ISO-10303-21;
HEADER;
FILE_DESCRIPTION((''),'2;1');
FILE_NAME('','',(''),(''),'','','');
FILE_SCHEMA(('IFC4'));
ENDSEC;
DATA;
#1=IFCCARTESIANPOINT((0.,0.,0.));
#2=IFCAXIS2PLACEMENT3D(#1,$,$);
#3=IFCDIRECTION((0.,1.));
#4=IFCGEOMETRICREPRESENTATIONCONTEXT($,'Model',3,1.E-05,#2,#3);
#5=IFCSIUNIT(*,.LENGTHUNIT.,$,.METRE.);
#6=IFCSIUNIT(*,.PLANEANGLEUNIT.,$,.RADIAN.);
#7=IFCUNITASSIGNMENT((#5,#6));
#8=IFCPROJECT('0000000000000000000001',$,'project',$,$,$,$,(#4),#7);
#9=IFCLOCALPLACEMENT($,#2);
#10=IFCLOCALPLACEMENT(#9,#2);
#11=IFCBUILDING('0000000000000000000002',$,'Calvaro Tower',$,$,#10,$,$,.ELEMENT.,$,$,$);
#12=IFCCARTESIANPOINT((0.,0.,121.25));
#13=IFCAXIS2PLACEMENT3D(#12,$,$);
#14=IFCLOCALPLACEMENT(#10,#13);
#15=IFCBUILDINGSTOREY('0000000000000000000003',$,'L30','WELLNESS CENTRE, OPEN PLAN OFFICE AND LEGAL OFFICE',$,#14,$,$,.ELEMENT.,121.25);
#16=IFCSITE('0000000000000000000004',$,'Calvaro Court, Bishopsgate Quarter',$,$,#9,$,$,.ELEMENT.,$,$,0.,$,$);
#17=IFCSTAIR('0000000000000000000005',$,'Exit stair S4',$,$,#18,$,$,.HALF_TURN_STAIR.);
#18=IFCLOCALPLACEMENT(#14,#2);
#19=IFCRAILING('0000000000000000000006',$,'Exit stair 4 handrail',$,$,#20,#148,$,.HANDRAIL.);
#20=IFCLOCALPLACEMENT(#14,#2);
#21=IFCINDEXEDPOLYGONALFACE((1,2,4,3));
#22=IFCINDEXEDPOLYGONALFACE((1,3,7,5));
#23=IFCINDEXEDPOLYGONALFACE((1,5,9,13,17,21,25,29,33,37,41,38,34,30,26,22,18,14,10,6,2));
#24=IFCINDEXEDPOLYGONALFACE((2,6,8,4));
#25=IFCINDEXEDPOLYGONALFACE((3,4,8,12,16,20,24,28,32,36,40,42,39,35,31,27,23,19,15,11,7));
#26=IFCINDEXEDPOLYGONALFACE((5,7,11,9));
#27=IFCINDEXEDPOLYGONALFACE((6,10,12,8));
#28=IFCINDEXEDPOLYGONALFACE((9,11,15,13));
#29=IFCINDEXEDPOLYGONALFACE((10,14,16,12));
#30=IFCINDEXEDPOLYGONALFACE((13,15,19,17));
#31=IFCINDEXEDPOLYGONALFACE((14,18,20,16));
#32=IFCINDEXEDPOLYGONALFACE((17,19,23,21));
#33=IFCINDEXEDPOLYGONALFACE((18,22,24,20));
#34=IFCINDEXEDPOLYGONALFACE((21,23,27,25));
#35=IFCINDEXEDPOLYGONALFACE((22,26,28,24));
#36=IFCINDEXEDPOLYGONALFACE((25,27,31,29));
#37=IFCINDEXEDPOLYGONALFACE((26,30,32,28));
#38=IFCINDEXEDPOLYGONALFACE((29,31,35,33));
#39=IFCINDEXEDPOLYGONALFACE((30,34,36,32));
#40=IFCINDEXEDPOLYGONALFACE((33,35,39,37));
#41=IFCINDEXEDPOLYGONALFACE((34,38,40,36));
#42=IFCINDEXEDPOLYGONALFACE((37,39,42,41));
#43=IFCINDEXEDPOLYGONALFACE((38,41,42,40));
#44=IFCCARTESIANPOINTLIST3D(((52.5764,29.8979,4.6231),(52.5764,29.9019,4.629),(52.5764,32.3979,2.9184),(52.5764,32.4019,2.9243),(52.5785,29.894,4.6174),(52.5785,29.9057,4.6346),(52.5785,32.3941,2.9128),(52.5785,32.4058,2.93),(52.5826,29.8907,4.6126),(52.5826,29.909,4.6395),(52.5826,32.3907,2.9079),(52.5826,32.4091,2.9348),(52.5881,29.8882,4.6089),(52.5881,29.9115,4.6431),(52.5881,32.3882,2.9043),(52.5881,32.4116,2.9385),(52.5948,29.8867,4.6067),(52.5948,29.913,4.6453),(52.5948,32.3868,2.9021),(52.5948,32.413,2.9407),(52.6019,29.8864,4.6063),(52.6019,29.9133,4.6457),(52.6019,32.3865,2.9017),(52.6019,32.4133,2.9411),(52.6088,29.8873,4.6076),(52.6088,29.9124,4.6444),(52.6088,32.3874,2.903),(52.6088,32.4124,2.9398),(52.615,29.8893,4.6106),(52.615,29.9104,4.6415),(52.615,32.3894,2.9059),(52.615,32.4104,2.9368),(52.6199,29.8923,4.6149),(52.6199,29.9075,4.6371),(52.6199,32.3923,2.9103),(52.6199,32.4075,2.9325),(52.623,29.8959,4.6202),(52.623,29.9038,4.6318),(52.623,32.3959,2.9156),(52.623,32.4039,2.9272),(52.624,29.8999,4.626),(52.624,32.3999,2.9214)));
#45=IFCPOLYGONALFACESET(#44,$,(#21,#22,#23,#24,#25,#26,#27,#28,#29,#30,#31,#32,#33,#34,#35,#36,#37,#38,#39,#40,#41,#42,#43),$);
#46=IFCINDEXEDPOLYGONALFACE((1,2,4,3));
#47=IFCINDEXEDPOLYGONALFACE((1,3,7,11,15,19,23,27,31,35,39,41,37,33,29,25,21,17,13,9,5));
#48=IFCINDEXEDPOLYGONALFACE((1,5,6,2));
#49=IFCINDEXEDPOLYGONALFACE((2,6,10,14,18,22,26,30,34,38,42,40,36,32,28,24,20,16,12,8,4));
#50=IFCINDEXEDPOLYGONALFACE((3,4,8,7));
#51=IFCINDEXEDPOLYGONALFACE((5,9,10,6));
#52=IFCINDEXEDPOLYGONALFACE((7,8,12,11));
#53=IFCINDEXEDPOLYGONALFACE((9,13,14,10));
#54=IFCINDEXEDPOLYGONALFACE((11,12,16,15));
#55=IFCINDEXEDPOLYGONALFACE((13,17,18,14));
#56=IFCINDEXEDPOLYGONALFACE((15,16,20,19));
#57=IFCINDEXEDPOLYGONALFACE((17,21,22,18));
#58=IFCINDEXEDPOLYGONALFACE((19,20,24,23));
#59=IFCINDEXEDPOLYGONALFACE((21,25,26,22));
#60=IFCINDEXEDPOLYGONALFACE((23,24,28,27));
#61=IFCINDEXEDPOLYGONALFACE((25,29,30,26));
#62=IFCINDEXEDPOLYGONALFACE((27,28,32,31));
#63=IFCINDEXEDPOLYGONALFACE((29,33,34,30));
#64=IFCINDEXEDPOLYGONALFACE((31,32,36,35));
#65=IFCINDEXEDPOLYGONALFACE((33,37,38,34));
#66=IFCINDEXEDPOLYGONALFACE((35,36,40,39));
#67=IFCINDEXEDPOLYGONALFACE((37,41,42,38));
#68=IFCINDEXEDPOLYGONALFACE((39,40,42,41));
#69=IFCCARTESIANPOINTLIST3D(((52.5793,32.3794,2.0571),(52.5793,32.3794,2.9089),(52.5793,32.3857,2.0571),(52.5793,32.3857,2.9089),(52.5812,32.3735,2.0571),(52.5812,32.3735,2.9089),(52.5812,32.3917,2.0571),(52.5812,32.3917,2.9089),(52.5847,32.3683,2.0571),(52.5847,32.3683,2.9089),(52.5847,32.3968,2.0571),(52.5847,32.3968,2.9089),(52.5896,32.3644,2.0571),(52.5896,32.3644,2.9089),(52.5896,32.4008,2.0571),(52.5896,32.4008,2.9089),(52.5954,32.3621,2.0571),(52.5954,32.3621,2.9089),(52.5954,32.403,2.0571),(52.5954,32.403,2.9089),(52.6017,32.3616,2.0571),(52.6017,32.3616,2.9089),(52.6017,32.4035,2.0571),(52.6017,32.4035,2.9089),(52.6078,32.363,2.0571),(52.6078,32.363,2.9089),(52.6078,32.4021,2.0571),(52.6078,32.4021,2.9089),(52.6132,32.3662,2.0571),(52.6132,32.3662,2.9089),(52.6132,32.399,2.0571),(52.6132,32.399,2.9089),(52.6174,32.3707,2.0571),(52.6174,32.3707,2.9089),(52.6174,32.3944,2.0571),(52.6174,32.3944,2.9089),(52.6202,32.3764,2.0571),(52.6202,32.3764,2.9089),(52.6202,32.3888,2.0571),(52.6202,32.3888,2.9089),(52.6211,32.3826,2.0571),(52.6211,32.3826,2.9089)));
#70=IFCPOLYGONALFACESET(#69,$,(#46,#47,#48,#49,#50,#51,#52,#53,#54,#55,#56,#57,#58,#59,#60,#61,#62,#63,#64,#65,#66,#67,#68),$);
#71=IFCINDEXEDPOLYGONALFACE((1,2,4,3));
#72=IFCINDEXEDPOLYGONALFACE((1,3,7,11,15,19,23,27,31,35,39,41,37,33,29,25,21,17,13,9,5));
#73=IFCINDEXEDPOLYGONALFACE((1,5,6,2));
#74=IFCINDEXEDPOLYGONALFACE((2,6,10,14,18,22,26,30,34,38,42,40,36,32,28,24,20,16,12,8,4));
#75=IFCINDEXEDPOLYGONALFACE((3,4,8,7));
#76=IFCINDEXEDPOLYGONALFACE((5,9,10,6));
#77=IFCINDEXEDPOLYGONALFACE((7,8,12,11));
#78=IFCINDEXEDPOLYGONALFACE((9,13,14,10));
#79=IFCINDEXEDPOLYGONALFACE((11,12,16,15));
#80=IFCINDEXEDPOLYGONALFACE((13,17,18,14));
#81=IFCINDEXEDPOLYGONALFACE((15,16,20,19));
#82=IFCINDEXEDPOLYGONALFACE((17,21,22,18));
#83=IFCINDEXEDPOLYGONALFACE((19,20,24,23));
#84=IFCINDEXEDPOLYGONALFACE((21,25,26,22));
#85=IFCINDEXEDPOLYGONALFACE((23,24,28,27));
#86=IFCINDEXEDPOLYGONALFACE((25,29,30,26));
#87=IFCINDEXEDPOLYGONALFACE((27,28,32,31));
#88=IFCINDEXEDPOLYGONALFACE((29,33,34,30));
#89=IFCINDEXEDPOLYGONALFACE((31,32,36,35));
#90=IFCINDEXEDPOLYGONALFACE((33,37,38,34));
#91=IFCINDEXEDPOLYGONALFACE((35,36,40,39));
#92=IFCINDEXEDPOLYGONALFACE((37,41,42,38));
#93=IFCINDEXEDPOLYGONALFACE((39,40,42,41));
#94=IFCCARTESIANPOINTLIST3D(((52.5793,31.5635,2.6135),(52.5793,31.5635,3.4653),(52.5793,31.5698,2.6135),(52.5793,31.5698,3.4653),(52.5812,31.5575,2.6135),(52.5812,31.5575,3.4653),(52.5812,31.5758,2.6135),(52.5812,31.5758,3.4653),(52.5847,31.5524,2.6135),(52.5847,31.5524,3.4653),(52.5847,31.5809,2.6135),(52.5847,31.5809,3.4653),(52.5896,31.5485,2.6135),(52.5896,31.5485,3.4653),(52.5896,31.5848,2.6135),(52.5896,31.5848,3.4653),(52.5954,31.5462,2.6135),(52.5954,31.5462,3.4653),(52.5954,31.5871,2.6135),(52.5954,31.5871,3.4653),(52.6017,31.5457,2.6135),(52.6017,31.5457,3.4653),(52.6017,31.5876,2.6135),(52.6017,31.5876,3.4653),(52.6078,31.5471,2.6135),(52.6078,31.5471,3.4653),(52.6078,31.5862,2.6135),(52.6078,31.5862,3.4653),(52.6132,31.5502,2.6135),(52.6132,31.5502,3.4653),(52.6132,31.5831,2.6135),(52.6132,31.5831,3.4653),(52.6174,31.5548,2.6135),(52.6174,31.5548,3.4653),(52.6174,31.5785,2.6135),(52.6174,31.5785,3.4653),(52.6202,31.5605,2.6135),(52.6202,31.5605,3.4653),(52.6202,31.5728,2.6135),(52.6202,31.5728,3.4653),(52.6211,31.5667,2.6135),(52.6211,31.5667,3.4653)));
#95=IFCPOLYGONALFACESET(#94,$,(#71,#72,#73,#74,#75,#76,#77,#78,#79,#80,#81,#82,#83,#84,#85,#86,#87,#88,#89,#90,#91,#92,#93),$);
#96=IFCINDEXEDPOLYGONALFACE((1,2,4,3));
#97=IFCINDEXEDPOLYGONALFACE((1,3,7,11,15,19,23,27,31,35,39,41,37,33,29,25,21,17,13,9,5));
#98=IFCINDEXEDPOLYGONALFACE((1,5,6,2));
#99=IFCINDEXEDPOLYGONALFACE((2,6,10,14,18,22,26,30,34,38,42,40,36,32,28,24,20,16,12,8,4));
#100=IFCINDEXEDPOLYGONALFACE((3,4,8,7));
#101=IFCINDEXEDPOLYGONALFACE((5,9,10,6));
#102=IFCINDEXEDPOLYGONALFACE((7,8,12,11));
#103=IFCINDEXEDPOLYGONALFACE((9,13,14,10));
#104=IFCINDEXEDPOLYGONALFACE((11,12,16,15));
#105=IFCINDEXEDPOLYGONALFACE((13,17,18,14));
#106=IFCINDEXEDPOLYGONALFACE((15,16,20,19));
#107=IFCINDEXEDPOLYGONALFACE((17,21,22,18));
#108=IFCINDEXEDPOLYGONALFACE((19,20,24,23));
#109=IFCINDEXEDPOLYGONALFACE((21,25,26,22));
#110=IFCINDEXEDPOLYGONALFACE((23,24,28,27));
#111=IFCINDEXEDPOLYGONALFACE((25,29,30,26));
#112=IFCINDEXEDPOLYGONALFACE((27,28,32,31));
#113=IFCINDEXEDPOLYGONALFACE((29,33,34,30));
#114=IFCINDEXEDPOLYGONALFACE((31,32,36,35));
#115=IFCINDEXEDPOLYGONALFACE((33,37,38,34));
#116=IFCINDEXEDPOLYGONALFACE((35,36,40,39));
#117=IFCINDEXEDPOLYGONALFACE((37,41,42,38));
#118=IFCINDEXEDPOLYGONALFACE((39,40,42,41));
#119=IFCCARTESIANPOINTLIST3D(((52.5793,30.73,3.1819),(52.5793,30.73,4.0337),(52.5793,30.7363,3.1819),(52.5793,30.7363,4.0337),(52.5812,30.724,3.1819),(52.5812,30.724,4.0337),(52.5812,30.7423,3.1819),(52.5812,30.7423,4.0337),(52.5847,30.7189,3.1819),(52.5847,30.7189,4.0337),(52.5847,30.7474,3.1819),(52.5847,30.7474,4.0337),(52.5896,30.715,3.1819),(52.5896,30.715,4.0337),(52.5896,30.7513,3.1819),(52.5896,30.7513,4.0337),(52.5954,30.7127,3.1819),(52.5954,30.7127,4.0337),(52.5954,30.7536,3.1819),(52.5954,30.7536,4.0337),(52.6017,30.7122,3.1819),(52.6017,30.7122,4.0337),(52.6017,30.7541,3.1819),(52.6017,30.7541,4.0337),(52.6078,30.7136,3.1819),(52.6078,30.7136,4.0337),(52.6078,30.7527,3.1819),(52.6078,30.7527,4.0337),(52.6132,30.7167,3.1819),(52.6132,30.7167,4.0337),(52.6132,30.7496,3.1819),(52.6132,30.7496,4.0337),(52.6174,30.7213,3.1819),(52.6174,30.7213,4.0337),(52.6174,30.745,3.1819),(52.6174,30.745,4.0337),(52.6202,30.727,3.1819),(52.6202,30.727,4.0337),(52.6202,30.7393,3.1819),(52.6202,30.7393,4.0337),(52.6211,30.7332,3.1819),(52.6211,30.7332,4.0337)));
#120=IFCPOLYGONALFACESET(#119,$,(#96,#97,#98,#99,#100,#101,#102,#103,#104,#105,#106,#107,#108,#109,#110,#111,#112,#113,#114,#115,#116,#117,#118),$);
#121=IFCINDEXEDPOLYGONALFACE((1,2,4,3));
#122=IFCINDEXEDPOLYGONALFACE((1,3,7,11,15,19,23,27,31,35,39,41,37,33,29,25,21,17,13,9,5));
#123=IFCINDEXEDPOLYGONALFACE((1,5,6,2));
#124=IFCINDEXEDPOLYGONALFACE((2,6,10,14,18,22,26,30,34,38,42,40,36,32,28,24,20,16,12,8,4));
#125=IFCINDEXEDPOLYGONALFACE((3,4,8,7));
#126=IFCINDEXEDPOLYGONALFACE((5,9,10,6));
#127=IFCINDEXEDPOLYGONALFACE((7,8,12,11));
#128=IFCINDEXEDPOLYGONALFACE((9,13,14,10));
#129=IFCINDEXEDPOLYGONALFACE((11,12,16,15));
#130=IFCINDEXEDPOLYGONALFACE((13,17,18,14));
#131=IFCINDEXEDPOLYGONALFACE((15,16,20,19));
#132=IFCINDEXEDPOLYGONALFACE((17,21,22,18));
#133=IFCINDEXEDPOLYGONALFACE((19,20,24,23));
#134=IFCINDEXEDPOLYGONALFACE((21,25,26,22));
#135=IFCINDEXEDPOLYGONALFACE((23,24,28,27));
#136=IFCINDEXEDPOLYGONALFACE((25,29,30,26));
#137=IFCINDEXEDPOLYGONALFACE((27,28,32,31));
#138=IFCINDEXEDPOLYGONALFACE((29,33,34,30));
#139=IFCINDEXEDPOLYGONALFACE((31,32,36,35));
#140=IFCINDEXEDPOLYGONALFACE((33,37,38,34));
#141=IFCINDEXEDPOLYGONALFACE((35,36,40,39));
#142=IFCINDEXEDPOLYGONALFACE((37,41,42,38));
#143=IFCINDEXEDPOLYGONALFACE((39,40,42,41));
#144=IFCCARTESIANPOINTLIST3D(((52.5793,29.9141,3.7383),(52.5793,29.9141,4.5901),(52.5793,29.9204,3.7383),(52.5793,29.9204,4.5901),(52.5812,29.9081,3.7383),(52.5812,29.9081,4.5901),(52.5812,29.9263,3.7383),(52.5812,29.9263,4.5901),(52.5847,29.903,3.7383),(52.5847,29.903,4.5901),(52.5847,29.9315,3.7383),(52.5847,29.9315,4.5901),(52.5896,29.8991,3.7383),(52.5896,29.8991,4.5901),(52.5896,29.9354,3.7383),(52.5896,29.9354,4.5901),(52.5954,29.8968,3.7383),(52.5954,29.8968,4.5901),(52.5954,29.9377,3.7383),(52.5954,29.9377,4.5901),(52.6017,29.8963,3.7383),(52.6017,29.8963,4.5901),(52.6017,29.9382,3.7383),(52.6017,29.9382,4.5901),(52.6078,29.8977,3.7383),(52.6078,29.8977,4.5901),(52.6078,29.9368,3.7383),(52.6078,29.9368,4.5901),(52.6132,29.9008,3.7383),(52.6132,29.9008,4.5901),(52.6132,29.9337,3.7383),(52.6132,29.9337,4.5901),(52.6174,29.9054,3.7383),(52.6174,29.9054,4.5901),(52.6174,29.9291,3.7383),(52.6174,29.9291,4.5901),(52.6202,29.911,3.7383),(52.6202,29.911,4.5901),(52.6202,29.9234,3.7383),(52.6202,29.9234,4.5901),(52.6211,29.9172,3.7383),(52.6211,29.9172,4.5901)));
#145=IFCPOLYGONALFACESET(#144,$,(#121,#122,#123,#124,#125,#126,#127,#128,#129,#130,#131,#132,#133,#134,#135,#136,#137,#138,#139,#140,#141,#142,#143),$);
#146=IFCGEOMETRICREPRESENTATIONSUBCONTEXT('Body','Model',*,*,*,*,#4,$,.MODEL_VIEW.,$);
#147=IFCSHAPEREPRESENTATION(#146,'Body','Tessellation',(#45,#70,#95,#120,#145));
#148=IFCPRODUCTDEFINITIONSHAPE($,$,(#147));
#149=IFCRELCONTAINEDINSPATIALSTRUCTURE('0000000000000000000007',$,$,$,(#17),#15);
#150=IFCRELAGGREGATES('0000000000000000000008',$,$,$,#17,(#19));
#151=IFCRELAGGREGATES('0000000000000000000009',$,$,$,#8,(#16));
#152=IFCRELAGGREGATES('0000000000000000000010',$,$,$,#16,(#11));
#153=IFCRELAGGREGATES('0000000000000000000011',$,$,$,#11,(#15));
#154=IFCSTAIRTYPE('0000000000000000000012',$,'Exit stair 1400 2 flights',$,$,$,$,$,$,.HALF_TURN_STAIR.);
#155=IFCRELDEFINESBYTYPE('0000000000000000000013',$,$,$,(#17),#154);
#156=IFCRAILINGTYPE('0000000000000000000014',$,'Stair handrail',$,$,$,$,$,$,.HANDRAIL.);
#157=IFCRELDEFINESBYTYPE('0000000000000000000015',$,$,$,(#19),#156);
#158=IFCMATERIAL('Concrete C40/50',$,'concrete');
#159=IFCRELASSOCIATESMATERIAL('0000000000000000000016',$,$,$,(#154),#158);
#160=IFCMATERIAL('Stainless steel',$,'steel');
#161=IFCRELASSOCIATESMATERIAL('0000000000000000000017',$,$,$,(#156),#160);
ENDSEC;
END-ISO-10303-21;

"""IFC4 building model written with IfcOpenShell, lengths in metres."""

from ifc_helpers import new_model, si_unit, direction, frame, origin, origin_2d, place, context, subcontext, project, spatial, circle, extrude, material, type_object, element, aggregate, save


model = new_model("IFC4")

# Units and contexts
model_context = context("Model", 3, precision=1e-05, world=origin(), true_north=direction((0.0, 1.0)))
body_context = subcontext(model_context, "Body", "Model", "MODEL_VIEW")
ifc_project = project(units=[si_unit("LENGTHUNIT", "METRE"), si_unit("PLANEANGLEUNIT", "RADIAN")], contexts=[model_context])

# Site, building, storey
site_placement = place(None, origin())
site = spatial("IfcSite", under=ifc_project, at=site_placement, Name="Calvaro Court, Bishopsgate Quarter", CompositionType="ELEMENT", RefElevation=0.0)
building_placement = place(site_placement, origin())
building = spatial("IfcBuilding", under=site, at=building_placement, Name="Calvaro Tower", CompositionType="ELEMENT")
storey_placement = place(building_placement, frame((0.0, 0.0, 121.25)))
storey = spatial("IfcBuildingStorey", under=building, at=storey_placement, Name="L30", Description="WELLNESS CENTRE, OPEN PLAN OFFICE AND LEGAL OFFICE", CompositionType="ELEMENT", Elevation=121.25)

# Stair
ifc_material_1 = material(Name="Concrete C40/50", Category="concrete")
stair_type = type_object("IfcStairType", Name="Exit stair 1400 2 flights", PredefinedType="HALF_TURN_STAIR", material=ifc_material_1)
stair_1_placement = place(storey_placement, origin())
stair_1 = element("IfcStair", 1, at=stair_1_placement, inside=storey, type_object=stair_type, Name="Exit stair S4", PredefinedType="HALF_TURN_STAIR")

# Railing
ifc_material_2 = material(Name="Stainless steel", Category="steel")
railing_type = type_object("IfcRailingType", Name="Stair handrail", PredefinedType="HANDRAIL", material=ifc_material_2)
railing_1_placement = place(storey_placement, frame((52.6001, 32.3999, 2.0454)))
railing_1 = element("IfcRailing", 2, at=railing_1_placement, type_object=railing_type, Name="Exit stair 4 handrail", PredefinedType="HANDRAIL", context=body_context, shape_type="SweptSolid", body=[
    extrude(circle(Radius=0.0239, at=origin_2d()), frame((0.0, 0.0, 0.876), z_axis=(0.0, -0.826221, 0.563347), x_axis=(1.0, 0.0, 0.0)), (0.0, 0.0, 1.0), 3.0259),
    extrude(circle(Radius=0.021, at=origin_2d()), frame((0.0, -0.0173, 0.0117)), (0.0, 0.0, 1.0), 0.8518),
    extrude(circle(Radius=0.021, at=origin_2d()), frame((0.0, -0.8333, 0.5681)), (0.0, 0.0, 1.0), 0.8518),
    extrude(circle(Radius=0.021, at=origin_2d()), frame((0.0, -1.6667, 1.1365)), (0.0, 0.0, 1.0), 0.8518),
    extrude(circle(Radius=0.021, at=origin_2d()), frame((0.0, -2.4827, 1.6929)), (0.0, 0.0, 1.0), 0.8518),
])
aggregate(stair_1, [railing_1])

save(model, "model.ifc")
